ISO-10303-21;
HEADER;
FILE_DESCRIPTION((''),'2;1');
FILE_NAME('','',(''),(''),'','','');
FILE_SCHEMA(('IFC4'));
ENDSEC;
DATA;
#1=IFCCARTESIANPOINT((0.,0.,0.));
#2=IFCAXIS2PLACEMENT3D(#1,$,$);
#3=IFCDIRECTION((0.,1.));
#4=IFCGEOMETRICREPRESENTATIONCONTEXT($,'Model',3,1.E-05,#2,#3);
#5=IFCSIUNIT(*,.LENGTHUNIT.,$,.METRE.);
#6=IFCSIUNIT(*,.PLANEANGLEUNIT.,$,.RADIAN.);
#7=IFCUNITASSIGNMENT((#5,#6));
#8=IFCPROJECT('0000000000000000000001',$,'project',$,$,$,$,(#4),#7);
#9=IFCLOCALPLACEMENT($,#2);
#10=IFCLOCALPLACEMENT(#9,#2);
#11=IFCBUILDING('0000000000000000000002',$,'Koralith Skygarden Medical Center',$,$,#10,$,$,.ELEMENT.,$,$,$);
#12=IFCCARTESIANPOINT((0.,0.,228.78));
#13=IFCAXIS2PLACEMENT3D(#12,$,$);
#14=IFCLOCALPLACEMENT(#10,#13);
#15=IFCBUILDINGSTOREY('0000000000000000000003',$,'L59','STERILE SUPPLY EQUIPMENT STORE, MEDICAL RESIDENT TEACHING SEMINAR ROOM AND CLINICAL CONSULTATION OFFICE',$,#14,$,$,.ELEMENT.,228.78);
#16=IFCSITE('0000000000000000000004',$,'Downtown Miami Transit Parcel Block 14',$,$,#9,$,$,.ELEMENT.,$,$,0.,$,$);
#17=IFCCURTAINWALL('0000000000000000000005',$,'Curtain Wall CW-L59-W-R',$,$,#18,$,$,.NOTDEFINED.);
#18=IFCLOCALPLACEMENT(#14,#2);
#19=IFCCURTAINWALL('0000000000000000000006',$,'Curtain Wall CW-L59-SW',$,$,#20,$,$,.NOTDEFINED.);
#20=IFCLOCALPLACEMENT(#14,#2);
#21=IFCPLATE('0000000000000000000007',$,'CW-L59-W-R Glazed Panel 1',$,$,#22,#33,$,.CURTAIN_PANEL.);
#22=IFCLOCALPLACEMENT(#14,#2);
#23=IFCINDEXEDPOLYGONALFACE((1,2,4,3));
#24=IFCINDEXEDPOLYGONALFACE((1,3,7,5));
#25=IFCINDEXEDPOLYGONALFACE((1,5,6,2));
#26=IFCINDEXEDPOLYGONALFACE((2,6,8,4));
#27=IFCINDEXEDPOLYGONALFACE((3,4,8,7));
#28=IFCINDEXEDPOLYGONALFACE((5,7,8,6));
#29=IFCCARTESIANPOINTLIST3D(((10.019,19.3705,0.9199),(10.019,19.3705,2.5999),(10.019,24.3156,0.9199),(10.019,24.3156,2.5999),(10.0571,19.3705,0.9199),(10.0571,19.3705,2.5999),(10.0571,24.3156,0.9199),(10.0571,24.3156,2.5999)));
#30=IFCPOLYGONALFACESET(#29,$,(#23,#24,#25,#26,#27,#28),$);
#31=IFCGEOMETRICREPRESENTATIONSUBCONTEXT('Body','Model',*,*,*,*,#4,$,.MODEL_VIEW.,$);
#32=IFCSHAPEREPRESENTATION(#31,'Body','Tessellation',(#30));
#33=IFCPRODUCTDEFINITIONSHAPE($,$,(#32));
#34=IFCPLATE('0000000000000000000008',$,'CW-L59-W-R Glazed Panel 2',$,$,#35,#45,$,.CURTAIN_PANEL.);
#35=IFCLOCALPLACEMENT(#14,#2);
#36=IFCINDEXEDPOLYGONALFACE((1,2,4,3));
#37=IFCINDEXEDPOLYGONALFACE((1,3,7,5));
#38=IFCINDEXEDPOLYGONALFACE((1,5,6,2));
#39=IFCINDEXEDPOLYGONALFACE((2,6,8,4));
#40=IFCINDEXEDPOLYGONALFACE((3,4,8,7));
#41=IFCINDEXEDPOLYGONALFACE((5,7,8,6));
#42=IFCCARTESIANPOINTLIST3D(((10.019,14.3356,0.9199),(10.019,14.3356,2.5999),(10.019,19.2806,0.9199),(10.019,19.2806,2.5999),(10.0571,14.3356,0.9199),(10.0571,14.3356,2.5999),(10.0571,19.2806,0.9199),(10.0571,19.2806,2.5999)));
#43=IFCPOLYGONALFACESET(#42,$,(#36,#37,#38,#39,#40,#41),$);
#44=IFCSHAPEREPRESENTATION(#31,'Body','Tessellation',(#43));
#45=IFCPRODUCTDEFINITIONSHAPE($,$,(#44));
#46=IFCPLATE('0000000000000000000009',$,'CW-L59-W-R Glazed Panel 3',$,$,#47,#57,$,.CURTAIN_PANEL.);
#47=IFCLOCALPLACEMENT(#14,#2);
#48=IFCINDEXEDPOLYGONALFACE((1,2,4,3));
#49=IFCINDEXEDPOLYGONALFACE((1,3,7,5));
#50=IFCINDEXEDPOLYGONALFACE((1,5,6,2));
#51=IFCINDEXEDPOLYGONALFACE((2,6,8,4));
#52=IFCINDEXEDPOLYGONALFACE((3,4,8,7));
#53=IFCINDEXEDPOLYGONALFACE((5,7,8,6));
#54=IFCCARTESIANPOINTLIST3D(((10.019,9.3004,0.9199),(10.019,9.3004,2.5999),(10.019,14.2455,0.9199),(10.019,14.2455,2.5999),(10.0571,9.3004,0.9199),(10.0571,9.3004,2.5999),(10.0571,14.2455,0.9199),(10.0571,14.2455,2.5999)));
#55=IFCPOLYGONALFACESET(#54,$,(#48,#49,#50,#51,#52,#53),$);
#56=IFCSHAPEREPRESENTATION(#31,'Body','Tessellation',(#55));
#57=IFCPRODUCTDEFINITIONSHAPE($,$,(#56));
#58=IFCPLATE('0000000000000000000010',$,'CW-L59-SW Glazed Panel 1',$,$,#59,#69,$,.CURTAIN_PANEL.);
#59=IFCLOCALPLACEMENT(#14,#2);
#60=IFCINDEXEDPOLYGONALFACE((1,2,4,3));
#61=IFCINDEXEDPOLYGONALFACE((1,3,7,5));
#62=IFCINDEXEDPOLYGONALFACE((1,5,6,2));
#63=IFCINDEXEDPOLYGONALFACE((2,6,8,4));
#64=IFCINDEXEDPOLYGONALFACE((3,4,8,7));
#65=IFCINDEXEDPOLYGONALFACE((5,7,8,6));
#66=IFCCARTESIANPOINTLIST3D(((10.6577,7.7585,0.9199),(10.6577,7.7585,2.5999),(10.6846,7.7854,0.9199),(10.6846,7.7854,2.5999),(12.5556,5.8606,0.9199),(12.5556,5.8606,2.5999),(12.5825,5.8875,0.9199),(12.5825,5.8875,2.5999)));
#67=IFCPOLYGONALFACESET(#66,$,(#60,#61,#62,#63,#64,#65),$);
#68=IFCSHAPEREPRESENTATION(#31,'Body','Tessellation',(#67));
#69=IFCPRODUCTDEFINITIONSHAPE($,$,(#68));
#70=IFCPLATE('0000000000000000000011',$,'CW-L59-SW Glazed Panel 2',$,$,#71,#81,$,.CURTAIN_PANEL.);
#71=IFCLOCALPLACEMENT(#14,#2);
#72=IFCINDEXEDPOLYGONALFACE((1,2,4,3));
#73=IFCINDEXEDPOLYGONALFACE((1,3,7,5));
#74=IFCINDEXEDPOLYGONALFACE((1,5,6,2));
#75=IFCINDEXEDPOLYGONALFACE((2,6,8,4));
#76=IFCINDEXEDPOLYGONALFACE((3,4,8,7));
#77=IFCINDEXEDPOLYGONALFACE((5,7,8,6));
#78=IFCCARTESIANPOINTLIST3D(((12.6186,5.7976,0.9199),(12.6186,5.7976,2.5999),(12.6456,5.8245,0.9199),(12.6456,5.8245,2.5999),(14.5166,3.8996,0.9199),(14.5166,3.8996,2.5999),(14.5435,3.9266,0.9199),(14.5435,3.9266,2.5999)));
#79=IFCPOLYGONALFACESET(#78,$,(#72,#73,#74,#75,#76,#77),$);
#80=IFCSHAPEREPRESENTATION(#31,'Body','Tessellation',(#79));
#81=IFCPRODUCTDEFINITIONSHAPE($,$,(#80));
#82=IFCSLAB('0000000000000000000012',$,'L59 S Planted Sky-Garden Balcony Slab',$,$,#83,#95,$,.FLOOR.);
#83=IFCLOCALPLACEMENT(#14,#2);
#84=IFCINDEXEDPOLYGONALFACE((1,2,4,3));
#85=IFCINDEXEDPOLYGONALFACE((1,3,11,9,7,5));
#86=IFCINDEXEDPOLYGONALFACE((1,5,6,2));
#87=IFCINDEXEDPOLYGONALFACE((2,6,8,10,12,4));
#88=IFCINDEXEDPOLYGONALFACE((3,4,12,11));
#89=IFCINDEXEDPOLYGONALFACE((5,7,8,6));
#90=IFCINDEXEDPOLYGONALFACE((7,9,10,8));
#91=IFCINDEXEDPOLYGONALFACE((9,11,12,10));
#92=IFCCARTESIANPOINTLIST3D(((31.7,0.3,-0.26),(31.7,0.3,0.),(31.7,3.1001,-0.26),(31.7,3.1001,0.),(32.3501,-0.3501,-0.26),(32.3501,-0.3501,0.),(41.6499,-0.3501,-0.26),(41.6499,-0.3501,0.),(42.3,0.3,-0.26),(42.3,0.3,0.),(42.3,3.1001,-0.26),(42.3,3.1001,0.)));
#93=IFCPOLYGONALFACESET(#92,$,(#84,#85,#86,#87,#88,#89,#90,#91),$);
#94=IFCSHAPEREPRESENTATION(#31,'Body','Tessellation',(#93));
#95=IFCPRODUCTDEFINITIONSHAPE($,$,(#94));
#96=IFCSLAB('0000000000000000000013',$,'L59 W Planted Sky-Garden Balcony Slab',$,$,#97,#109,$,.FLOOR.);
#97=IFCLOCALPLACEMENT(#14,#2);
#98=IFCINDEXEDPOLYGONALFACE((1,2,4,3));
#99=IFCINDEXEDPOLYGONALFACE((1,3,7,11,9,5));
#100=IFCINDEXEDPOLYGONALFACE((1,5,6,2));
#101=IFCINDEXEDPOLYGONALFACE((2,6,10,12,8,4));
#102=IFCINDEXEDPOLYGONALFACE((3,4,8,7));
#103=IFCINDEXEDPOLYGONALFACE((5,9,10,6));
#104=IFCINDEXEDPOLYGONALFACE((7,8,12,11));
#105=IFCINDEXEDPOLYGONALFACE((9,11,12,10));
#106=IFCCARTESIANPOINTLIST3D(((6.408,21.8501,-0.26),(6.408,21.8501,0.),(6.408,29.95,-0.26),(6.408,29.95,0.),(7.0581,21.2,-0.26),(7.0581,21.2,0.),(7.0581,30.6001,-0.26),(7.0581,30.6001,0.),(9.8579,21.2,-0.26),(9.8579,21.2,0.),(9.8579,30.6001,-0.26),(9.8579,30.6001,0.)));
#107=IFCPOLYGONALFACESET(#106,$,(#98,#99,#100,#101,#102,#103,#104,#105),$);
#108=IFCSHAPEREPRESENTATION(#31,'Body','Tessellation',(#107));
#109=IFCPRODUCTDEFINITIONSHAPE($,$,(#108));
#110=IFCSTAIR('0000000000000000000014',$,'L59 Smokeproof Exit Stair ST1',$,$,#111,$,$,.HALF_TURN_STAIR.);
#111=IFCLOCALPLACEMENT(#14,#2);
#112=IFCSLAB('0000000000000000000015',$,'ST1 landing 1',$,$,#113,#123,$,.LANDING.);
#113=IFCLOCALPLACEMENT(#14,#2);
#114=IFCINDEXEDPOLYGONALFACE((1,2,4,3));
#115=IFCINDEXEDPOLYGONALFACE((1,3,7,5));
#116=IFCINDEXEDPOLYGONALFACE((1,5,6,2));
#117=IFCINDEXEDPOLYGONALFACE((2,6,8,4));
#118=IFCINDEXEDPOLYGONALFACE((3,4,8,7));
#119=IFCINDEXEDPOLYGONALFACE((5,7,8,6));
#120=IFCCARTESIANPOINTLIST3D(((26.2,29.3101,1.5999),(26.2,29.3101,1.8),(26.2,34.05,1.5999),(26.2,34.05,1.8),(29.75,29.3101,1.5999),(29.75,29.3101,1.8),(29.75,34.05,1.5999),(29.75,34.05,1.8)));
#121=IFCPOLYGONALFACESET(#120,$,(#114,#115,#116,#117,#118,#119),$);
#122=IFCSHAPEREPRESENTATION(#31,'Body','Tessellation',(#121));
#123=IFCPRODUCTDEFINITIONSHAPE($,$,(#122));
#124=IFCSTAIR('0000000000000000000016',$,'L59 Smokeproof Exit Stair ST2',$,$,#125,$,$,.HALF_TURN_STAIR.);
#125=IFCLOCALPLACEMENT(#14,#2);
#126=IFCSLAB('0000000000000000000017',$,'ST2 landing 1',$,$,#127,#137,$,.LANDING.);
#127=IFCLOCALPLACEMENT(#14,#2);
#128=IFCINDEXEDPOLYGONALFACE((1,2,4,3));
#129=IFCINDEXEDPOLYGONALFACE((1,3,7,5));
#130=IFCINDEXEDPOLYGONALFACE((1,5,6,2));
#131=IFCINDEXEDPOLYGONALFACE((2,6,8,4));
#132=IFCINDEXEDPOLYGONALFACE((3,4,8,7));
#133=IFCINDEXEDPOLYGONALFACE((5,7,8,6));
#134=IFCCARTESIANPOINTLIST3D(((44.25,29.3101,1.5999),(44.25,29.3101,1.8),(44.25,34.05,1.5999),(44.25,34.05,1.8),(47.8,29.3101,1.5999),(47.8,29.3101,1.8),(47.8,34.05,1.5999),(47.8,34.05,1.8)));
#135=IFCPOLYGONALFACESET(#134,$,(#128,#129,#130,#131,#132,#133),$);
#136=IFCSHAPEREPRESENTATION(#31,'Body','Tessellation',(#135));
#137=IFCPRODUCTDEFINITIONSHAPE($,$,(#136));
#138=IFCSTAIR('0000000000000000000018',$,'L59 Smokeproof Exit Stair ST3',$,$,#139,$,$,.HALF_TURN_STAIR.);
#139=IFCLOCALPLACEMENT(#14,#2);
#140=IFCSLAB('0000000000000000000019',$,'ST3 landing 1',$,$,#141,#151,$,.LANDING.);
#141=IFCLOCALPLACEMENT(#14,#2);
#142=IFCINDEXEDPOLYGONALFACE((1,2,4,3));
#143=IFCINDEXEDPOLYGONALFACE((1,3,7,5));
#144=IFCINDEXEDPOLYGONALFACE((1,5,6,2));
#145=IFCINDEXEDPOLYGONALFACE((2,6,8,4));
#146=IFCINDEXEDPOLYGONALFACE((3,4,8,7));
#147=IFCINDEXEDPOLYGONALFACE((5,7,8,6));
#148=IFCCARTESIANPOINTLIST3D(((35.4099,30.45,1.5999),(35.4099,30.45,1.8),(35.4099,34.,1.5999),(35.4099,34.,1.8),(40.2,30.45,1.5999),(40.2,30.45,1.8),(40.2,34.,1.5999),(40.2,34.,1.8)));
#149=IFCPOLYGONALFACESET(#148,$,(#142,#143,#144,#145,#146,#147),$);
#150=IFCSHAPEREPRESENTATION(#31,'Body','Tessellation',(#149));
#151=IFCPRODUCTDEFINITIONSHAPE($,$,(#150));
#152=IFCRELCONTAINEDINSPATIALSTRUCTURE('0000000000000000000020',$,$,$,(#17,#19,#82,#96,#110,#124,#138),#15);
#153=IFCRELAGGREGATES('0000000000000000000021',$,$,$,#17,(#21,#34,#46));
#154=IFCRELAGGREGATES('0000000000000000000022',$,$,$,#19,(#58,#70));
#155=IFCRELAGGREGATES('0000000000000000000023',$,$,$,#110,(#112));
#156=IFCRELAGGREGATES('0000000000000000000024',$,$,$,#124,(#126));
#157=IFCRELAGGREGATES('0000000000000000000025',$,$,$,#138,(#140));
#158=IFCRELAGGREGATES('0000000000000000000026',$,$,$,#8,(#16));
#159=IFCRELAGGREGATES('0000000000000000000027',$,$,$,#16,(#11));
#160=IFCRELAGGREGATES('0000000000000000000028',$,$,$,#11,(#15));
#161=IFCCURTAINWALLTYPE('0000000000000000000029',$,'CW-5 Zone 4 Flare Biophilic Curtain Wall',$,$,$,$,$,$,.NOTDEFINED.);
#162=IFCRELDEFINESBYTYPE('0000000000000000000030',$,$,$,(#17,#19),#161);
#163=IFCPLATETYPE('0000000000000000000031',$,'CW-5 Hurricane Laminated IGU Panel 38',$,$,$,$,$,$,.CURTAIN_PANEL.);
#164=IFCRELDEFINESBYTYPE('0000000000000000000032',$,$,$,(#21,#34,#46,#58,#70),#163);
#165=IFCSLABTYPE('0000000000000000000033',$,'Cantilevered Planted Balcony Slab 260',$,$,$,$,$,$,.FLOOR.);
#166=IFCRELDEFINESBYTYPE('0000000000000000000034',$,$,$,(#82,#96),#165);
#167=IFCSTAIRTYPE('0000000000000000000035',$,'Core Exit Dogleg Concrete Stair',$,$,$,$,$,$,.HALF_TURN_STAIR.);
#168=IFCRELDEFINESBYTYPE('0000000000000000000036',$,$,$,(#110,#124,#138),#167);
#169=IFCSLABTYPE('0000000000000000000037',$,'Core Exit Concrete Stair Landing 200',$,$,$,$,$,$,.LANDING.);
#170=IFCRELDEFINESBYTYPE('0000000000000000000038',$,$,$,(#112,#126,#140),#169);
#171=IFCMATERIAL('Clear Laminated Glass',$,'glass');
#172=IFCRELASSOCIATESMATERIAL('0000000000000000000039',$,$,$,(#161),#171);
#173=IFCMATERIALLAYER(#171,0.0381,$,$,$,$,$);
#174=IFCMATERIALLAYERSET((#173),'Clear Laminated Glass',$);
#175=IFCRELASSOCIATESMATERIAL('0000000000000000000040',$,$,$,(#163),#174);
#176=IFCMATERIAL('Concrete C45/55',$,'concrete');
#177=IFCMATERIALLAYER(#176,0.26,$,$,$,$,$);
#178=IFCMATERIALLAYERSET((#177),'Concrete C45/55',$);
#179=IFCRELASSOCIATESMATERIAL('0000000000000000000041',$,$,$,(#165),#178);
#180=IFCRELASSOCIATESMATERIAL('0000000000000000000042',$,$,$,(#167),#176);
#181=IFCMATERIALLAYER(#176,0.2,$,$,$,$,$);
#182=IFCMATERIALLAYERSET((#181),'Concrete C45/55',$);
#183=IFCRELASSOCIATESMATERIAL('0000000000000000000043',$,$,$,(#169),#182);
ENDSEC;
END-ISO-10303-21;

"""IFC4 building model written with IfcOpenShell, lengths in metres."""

from ifc_helpers import new_model, si_unit, direction, frame, origin, origin_2d, place, context, subcontext, project, spatial, polyline, rectangle, outline, extrude, material, layer, layer_set, type_object, element, aggregate, save


model = new_model("IFC4")

# Units and contexts
model_context = context("Model", 3, precision=1e-05, world=origin(), true_north=direction((0.0, 1.0)))
body_context = subcontext(model_context, "Body", "Model", "MODEL_VIEW")
ifc_project = project(units=[si_unit("LENGTHUNIT", "METRE"), si_unit("PLANEANGLEUNIT", "RADIAN")], contexts=[model_context])

# Site, building, storey
site_placement = place(None, origin())
site = spatial("IfcSite", under=ifc_project, at=site_placement, Name="Downtown Miami Transit Parcel Block 14", CompositionType="ELEMENT", RefElevation=0.0)
building_placement = place(site_placement, origin())
building = spatial("IfcBuilding", under=site, at=building_placement, Name="Koralith Skygarden Medical Center", CompositionType="ELEMENT")
storey_placement = place(building_placement, frame((0.0, 0.0, 228.78)))
storey = spatial("IfcBuildingStorey", under=building, at=storey_placement, Name="L59", Description="STERILE SUPPLY EQUIPMENT STORE, MEDICAL RESIDENT TEACHING SEMINAR ROOM AND CLINICAL CONSULTATION OFFICE", CompositionType="ELEMENT", Elevation=228.78)

# Curtain walls
ifc_material_1 = material(Name="Clear Laminated Glass", Category="glass")
curtain_wall_type = type_object("IfcCurtainWallType", Name="CW-5 Zone 4 Flare Biophilic Curtain Wall", PredefinedType="NOTDEFINED", material=ifc_material_1)
curtain_wall_1_placement = place(storey_placement, origin())
curtain_wall_1 = element("IfcCurtainWall", 1, at=curtain_wall_1_placement, inside=storey, type_object=curtain_wall_type, Name="Curtain Wall CW-L59-W-R", PredefinedType="NOTDEFINED")
curtain_wall_2_placement = place(storey_placement, origin())
curtain_wall_2 = element("IfcCurtainWall", 2, at=curtain_wall_2_placement, inside=storey, type_object=curtain_wall_type, Name="Curtain Wall CW-L59-SW", PredefinedType="NOTDEFINED")

# Shared definitions
ifc_material_2 = material(Name="Concrete C45/55", Category="concrete")

# Plates
ifc_layer_1 = layer(ifc_material_1, 0.0381)
ifc_layer_set_1 = layer_set([ifc_layer_1], Name="Clear Laminated Glass")
plate_type_1 = type_object("IfcPlateType", Name="CW-5 Hurricane Laminated IGU Panel 38", PredefinedType="CURTAIN_PANEL", material=ifc_layer_set_1)
plate_1_placement = place(storey_placement, frame((10.0381, 21.843, 0.9199), z_axis=(0.0, 0.0, 1.0), x_axis=(0.0, -1.0, 0.0)))
plate_1 = element("IfcPlate", 3, at=plate_1_placement, type_object=plate_type_1, Name="CW-L59-W-R Glazed Panel 1", PredefinedType="CURTAIN_PANEL", context=body_context, shape_type="SweptSolid", body=[
    extrude(rectangle(XDim=4.9451, YDim=0.0381, at=origin_2d()), origin(), (0.0, 0.0, 1.0), 1.6799),
])
plate_2_placement = place(storey_placement, frame((10.0381, 16.8081, 0.9199), z_axis=(0.0, 0.0, 1.0), x_axis=(0.0, -1.0, 0.0)))
plate_2 = element("IfcPlate", 4, at=plate_2_placement, type_object=plate_type_1, Name="CW-L59-W-R Glazed Panel 2", PredefinedType="CURTAIN_PANEL", context=body_context, shape_type="SweptSolid", body=[
    extrude(rectangle(XDim=4.9451, YDim=0.0381, at=origin_2d()), origin(), (0.0, 0.0, 1.0), 1.6799),
])
plate_3_placement = place(storey_placement, frame((10.0381, 11.7729, 0.9199), z_axis=(0.0, 0.0, 1.0), x_axis=(0.0, -1.0, 0.0)))
plate_3 = element("IfcPlate", 5, at=plate_3_placement, type_object=plate_type_1, Name="CW-L59-W-R Glazed Panel 3", PredefinedType="CURTAIN_PANEL", context=body_context, shape_type="SweptSolid", body=[
    extrude(rectangle(XDim=4.9451, YDim=0.0381, at=origin_2d()), origin(), (0.0, 0.0, 1.0), 1.6799),
])
aggregate(curtain_wall_1, [plate_1, plate_2, plate_3])
plate_4_placement = place(storey_placement, frame((11.6201, 6.823, 0.9199), z_axis=(0.0, 0.0, 1.0), x_axis=(0.707107, -0.707107, 0.0)))
plate_4 = element("IfcPlate", 6, at=plate_4_placement, type_object=plate_type_1, Name="CW-L59-SW Glazed Panel 1", PredefinedType="CURTAIN_PANEL", context=body_context, shape_type="SweptSolid", body=[
    extrude(rectangle(XDim=2.6841, YDim=0.0381, at=origin_2d()), origin(), (0.0, 0.0, 1.0), 1.6799),
])
plate_5_placement = place(storey_placement, frame((13.5811, 4.8621, 0.9199), z_axis=(0.0, 0.0, 1.0), x_axis=(0.707107, -0.707107, 0.0)))
plate_5 = element("IfcPlate", 7, at=plate_5_placement, type_object=plate_type_1, Name="CW-L59-SW Glazed Panel 2", PredefinedType="CURTAIN_PANEL", context=body_context, shape_type="SweptSolid", body=[
    extrude(rectangle(XDim=2.6841, YDim=0.0381, at=origin_2d()), origin(), (0.0, 0.0, 1.0), 1.6799),
])
aggregate(curtain_wall_2, [plate_4, plate_5])

# Slabs
ifc_layer_2 = layer(ifc_material_2, 0.26)
ifc_layer_set_2 = layer_set([ifc_layer_2], Name="Concrete C45/55")
slab_type_1 = type_object("IfcSlabType", Name="Cantilevered Planted Balcony Slab 260", PredefinedType="FLOOR", material=ifc_layer_set_2)
slab_1_placement = place(storey_placement, frame((0.0, 0.0, -0.26)))
element("IfcSlab", 8, at=slab_1_placement, inside=storey, type_object=slab_type_1, Name="L59 S Planted Sky-Garden Balcony Slab", PredefinedType="FLOOR", context=body_context, shape_type="SweptSolid", body=[
    extrude(outline(polyline([(32.3501, -0.3501), (41.6499, -0.3501), (42.3, 0.3), (42.3, 3.1001), (31.7, 3.1001), (31.7, 0.3), (32.3501, -0.3501)])), origin(), (0.0, 0.0, 1.0), 0.26),
])
slab_2_placement = place(storey_placement, frame((0.0, 0.0, -0.26)))
element("IfcSlab", 9, at=slab_2_placement, inside=storey, type_object=slab_type_1, Name="L59 W Planted Sky-Garden Balcony Slab", PredefinedType="FLOOR", context=body_context, shape_type="SweptSolid", body=[
    extrude(outline(polyline([(7.0581, 21.2), (9.8579, 21.2), (9.8579, 30.6001), (7.0581, 30.6001), (6.408, 29.95), (6.408, 21.8501), (7.0581, 21.2)])), origin(), (0.0, 0.0, 1.0), 0.26),
])

# Stairs, slabs
stair_type = type_object("IfcStairType", Name="Core Exit Dogleg Concrete Stair", PredefinedType="HALF_TURN_STAIR", material=ifc_material_2)
stair_1_placement = place(storey_placement, origin())
stair_1 = element("IfcStair", 10, at=stair_1_placement, inside=storey, type_object=stair_type, Name="L59 Smokeproof Exit Stair ST1", PredefinedType="HALF_TURN_STAIR")
ifc_layer_3 = layer(ifc_material_2, 0.2)
ifc_layer_set_3 = layer_set([ifc_layer_3], Name="Concrete C45/55")
slab_type_2 = type_object("IfcSlabType", Name="Core Exit Concrete Stair Landing 200", PredefinedType="LANDING", material=ifc_layer_set_3)
slab_3_placement = place(storey_placement, frame((0.0, 0.0, 1.5999)))
slab_3 = element("IfcSlab", 11, at=slab_3_placement, type_object=slab_type_2, Name="ST1 landing 1", PredefinedType="LANDING", context=body_context, shape_type="SweptSolid", body=[
    extrude(outline(polyline([(29.75, 29.3101), (29.75, 34.05), (26.2, 34.05), (26.2, 29.3101), (29.75, 29.3101)])), origin(), (0.0, 0.0, 1.0), 0.2002),
])
aggregate(stair_1, [slab_3])
stair_2_placement = place(storey_placement, origin())
stair_2 = element("IfcStair", 12, at=stair_2_placement, inside=storey, type_object=stair_type, Name="L59 Smokeproof Exit Stair ST2", PredefinedType="HALF_TURN_STAIR")
slab_4_placement = place(storey_placement, frame((0.0, 0.0, 1.5999)))
slab_4 = element("IfcSlab", 13, at=slab_4_placement, type_object=slab_type_2, Name="ST2 landing 1", PredefinedType="LANDING", context=body_context, shape_type="SweptSolid", body=[
    extrude(outline(polyline([(47.8, 29.3101), (47.8, 34.05), (44.25, 34.05), (44.25, 29.3101), (47.8, 29.3101)])), origin(), (0.0, 0.0, 1.0), 0.2002),
])
aggregate(stair_2, [slab_4])
stair_3_placement = place(storey_placement, origin())
stair_3 = element("IfcStair", 14, at=stair_3_placement, inside=storey, type_object=stair_type, Name="L59 Smokeproof Exit Stair ST3", PredefinedType="HALF_TURN_STAIR")
slab_5_placement = place(storey_placement, frame((0.0, 0.0, 1.5999)))
slab_5 = element("IfcSlab", 15, at=slab_5_placement, type_object=slab_type_2, Name="ST3 landing 1", PredefinedType="LANDING", context=body_context, shape_type="SweptSolid", body=[
    extrude(outline(polyline([(35.4099, 30.45), (40.2, 30.45), (40.2, 34.0), (35.4099, 34.0), (35.4099, 30.45)])), origin(), (0.0, 0.0, 1.0), 0.2002),
])
aggregate(stair_3, [slab_5])

save(model, "model.ifc")
